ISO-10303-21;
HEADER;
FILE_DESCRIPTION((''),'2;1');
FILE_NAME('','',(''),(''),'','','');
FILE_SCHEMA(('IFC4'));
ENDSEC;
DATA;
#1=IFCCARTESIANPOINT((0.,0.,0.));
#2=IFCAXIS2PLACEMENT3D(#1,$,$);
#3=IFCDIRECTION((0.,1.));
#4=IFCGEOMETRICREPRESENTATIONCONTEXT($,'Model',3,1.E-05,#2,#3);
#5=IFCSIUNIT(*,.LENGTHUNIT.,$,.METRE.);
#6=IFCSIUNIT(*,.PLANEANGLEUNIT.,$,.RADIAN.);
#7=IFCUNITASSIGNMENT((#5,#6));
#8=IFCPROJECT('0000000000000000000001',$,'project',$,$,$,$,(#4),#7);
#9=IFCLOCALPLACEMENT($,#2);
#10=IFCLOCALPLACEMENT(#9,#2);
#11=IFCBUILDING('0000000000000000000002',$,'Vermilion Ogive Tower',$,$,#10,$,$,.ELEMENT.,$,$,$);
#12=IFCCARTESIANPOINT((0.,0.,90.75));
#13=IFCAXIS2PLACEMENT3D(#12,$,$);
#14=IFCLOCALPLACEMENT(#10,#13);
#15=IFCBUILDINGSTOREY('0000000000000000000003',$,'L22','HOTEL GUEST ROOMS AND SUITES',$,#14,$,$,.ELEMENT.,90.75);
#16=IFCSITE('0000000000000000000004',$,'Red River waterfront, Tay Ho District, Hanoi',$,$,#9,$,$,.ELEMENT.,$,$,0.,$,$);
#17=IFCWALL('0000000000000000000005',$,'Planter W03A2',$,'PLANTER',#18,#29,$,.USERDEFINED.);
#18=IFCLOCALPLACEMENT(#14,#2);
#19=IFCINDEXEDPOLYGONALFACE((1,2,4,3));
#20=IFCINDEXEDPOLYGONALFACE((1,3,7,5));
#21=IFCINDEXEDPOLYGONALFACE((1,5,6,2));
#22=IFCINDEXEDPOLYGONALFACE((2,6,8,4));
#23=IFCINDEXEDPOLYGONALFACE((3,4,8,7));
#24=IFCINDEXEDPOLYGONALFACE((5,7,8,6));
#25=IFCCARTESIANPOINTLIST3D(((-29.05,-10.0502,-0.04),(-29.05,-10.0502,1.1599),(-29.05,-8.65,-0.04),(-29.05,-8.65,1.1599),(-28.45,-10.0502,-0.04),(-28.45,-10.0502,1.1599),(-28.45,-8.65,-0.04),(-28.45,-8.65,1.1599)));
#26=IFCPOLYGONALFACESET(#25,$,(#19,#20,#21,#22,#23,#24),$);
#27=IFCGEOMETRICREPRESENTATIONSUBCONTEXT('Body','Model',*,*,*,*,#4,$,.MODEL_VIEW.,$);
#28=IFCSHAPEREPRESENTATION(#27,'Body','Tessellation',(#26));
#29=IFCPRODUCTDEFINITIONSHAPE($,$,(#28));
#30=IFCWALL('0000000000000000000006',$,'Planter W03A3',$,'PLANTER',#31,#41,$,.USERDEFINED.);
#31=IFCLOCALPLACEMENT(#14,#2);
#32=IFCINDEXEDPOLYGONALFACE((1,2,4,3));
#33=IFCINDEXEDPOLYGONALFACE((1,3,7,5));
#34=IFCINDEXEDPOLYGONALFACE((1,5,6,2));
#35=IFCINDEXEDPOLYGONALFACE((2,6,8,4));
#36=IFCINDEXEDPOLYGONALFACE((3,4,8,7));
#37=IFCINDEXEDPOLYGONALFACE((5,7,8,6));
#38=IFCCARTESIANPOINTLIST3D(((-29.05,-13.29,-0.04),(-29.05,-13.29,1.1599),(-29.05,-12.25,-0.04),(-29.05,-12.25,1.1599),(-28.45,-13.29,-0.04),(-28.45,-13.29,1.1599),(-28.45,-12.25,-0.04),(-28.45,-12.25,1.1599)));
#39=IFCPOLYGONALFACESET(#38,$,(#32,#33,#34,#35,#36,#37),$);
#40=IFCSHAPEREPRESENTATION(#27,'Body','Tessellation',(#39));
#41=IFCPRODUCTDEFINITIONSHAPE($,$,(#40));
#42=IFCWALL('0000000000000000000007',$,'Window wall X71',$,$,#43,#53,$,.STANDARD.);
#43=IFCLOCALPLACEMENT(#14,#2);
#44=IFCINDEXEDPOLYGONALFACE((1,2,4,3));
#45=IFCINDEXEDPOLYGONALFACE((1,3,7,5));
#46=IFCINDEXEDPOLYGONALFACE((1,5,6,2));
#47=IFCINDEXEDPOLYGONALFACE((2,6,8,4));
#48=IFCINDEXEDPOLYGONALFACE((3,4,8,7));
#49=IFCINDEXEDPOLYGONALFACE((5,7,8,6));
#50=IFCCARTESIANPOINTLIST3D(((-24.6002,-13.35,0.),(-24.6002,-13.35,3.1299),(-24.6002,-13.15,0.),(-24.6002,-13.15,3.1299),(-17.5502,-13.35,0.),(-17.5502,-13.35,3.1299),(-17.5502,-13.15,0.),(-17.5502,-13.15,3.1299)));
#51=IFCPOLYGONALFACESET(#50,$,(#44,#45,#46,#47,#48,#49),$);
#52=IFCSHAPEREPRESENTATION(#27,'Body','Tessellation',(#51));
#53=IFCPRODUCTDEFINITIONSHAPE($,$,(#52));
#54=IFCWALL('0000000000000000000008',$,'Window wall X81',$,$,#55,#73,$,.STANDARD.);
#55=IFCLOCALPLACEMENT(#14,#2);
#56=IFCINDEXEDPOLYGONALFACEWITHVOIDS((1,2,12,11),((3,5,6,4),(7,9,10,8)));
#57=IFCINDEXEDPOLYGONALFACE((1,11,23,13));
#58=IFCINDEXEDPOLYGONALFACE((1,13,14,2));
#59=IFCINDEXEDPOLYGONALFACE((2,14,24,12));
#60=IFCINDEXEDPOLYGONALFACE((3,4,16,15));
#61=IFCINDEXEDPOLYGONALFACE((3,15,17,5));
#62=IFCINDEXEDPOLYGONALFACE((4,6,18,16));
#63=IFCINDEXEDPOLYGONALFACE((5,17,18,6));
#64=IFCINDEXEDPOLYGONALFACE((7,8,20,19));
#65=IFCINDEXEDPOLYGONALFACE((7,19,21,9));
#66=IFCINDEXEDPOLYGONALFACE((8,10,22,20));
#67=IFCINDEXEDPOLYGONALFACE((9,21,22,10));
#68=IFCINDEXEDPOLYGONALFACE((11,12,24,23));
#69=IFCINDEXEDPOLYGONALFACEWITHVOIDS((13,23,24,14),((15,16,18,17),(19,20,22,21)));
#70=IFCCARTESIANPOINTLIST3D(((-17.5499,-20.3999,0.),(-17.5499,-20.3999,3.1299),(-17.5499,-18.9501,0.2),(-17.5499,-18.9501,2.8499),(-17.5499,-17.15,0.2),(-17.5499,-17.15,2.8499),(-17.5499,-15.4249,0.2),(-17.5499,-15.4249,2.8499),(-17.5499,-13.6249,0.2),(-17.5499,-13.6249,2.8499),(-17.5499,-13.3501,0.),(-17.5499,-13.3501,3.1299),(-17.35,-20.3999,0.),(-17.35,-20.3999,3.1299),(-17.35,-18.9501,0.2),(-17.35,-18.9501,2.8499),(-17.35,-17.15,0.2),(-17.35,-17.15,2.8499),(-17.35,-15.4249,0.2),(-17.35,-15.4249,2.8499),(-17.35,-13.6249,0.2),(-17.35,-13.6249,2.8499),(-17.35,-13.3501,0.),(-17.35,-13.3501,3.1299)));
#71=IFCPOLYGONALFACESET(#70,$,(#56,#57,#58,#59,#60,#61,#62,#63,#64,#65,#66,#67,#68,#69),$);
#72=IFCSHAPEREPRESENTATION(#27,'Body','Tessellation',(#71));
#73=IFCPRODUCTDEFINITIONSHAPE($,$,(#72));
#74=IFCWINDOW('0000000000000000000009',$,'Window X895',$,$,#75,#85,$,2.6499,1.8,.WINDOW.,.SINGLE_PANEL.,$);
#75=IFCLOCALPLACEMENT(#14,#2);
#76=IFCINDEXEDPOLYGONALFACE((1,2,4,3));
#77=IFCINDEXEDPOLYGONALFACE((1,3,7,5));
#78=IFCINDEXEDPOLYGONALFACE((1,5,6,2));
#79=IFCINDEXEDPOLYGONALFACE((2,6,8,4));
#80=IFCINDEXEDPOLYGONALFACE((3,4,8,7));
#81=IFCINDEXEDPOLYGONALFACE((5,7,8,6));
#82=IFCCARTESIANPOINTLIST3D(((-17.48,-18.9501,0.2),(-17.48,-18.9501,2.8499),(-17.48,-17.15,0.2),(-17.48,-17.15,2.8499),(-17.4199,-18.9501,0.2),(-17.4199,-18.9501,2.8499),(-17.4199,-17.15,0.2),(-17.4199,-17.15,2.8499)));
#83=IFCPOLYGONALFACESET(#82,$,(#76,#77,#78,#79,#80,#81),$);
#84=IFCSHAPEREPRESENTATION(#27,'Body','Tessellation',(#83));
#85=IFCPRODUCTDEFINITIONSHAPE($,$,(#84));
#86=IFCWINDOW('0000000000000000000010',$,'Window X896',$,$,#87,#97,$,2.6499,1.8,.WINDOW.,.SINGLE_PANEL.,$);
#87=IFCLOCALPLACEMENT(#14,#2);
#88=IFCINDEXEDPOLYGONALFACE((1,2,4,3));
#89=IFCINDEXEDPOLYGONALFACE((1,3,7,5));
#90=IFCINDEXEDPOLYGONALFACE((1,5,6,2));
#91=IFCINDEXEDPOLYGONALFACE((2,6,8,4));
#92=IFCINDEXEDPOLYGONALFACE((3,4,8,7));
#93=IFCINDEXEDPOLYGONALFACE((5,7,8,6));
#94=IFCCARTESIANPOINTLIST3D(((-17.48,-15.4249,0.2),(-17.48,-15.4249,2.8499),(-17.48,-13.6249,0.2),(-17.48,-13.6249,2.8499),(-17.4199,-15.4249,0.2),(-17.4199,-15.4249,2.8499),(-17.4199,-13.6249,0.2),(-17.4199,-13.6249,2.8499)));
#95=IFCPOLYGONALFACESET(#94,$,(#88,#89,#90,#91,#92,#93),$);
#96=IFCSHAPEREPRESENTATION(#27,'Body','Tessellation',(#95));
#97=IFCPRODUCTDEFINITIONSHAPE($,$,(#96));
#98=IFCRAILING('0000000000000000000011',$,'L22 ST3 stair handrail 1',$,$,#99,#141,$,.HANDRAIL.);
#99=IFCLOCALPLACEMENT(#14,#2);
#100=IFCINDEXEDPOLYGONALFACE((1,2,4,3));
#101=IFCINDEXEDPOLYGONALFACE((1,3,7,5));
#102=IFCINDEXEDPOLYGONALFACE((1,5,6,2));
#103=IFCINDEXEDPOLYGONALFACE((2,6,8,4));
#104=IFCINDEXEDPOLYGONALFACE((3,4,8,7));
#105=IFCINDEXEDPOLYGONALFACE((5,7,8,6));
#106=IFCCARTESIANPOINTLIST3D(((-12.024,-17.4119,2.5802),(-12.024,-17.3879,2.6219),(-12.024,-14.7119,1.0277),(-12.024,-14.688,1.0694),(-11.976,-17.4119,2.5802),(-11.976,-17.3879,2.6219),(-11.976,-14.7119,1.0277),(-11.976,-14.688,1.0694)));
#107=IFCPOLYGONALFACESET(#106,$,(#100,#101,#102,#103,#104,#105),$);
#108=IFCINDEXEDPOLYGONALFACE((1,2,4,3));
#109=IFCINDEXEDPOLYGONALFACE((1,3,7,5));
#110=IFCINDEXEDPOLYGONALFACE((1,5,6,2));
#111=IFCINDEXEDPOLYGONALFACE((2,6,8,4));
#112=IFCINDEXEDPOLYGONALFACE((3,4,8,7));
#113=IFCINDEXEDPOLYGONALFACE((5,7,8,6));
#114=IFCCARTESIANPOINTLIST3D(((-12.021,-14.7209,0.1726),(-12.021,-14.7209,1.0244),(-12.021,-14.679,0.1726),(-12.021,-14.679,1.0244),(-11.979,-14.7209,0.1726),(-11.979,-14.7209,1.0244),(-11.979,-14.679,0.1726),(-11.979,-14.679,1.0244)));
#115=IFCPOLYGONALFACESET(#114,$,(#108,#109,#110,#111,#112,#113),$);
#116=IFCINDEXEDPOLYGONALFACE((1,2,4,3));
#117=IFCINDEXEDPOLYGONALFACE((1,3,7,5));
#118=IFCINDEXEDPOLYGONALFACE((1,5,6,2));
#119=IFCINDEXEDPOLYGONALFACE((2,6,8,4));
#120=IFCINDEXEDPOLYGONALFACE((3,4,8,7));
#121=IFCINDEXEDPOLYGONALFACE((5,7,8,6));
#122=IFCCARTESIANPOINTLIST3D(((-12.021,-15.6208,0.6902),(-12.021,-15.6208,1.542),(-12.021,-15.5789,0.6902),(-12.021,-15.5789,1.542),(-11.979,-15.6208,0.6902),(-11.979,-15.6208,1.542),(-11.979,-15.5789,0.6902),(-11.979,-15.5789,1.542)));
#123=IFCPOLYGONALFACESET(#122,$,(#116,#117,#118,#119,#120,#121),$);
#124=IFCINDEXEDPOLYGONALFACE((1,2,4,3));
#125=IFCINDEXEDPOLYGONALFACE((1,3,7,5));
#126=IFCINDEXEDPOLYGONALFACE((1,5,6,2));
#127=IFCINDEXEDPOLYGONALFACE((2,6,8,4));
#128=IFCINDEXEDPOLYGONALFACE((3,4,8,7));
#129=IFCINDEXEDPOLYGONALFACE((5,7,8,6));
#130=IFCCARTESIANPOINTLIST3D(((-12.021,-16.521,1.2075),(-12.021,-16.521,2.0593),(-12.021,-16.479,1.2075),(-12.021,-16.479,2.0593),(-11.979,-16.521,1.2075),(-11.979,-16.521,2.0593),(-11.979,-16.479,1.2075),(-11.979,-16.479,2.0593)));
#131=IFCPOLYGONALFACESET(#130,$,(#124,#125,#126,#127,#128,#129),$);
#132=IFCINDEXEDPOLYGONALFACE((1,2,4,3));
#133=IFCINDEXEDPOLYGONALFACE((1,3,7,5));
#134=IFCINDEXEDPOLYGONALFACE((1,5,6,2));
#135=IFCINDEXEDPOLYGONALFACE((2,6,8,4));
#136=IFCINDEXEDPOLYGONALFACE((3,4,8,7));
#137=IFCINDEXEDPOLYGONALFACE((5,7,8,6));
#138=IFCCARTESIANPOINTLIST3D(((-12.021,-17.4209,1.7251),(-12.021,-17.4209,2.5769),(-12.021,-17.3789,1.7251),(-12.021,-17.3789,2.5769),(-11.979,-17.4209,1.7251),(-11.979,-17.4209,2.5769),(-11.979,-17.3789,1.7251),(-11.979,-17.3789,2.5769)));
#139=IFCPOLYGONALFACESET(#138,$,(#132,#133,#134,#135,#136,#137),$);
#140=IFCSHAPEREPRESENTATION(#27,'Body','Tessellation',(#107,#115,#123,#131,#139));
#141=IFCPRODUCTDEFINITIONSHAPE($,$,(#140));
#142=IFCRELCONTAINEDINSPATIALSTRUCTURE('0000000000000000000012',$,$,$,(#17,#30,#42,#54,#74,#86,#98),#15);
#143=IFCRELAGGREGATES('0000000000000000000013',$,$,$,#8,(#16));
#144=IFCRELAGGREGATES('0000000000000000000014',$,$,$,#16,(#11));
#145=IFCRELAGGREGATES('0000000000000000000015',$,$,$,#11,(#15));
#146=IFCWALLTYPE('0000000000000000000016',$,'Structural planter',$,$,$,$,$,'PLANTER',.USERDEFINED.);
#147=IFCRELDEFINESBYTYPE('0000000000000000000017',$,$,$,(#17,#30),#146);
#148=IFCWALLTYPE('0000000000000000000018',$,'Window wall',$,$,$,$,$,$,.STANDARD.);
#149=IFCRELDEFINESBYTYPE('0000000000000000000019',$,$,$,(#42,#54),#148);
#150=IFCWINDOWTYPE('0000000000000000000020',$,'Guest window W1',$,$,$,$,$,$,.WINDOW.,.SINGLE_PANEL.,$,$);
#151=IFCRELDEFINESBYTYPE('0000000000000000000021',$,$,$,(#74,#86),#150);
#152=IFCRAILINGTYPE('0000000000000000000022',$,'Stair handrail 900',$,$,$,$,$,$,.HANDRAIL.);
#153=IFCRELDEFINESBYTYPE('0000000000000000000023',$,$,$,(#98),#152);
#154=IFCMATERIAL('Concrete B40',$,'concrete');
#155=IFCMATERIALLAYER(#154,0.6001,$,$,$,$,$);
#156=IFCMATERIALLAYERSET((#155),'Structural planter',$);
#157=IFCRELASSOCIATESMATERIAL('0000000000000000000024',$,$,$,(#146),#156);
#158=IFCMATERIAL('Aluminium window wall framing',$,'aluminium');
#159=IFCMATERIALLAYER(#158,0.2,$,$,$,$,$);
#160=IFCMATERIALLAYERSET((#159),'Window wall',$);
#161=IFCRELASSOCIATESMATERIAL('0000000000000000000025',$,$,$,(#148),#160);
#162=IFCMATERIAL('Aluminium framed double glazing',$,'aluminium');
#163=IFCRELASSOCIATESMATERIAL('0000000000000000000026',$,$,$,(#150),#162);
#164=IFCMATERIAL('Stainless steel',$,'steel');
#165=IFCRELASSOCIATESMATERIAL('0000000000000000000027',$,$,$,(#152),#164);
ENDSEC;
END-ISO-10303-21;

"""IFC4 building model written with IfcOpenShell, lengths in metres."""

from ifc_helpers import new_model, si_unit, direction, frame, frame_2d, origin, origin_2d, place, context, subcontext, project, spatial, rectangle, extrude, material, layer, layer_set, type_object, element, fill, save


model = new_model("IFC4")

# Units and contexts
model_context = context("Model", 3, precision=1e-05, world=origin(), true_north=direction((0.0, 1.0)))
body_context = subcontext(model_context, "Body", "Model", "MODEL_VIEW")
ifc_project = project(units=[si_unit("LENGTHUNIT", "METRE"), si_unit("PLANEANGLEUNIT", "RADIAN")], contexts=[model_context])

# Site, building, storey
site_placement = place(None, origin())
site = spatial("IfcSite", under=ifc_project, at=site_placement, Name="Red River waterfront, Tay Ho District, Hanoi", CompositionType="ELEMENT", RefElevation=0.0)
building_placement = place(site_placement, origin())
building = spatial("IfcBuilding", under=site, at=building_placement, Name="Vermilion Ogive Tower", CompositionType="ELEMENT")
storey_placement = place(building_placement, frame((0.0, 0.0, 90.75)))
storey = spatial("IfcBuildingStorey", under=building, at=storey_placement, Name="L22", Description="HOTEL GUEST ROOMS AND SUITES", CompositionType="ELEMENT", Elevation=90.75)

# Walls
ifc_material_1 = material(Name="Concrete B40", Category="concrete")
ifc_layer_1 = layer(ifc_material_1, 0.6001)
ifc_layer_set_1 = layer_set([ifc_layer_1], Name="Structural planter")
wall_type_1 = type_object("IfcWallType", Name="Structural planter", ElementType="PLANTER", PredefinedType="USERDEFINED", material=ifc_layer_set_1)
wall_1_placement = place(storey_placement, frame((-28.75, -8.6499, -0.04), z_axis=(0.0, 0.0, 1.0), x_axis=(0.0, -1.0, 0.0)))
element("IfcWall", 1, at=wall_1_placement, inside=storey, type_object=wall_type_1, Name="Planter W03A2", ObjectType="PLANTER", PredefinedType="USERDEFINED", context=body_context, shape_type="SweptSolid", body=[
    extrude(rectangle(XDim=1.4001, YDim=0.6001, at=frame_2d((0.7002, 0.0))), origin(), (0.0, 0.0, 1.0), 1.2),
])
wall_2_placement = place(storey_placement, frame((-28.75, -12.25, -0.04), z_axis=(0.0, 0.0, 1.0), x_axis=(0.0, -1.0, 0.0)))
element("IfcWall", 2, at=wall_2_placement, inside=storey, type_object=wall_type_1, Name="Planter W03A3", ObjectType="PLANTER", PredefinedType="USERDEFINED", context=body_context, shape_type="SweptSolid", body=[
    extrude(rectangle(XDim=1.04, YDim=0.6001, at=frame_2d((0.52, 0.0))), origin(), (0.0, 0.0, 1.0), 1.2),
])
ifc_material_2 = material(Name="Aluminium window wall framing", Category="aluminium")
ifc_layer_2 = layer(ifc_material_2, 0.2)
ifc_layer_set_2 = layer_set([ifc_layer_2], Name="Window wall")
wall_type_2 = type_object("IfcWallType", Name="Window wall", PredefinedType="STANDARD", material=ifc_layer_set_2)
wall_3_placement = place(storey_placement, frame((-24.6001, -13.25, 0.0), z_axis=(0.0, 0.0, 1.0), x_axis=(1.0, 0.0, 0.0)))
element("IfcWall", 3, at=wall_3_placement, inside=storey, type_object=wall_type_2, Name="Window wall X71", PredefinedType="STANDARD", context=body_context, shape_type="SweptSolid", body=[
    extrude(rectangle(XDim=7.05, YDim=0.2, at=frame_2d((3.5249, 0.0))), origin(), (0.0, 0.0, 1.0), 3.1299),
])

# Wall, openings, windows
wall_4_placement = place(storey_placement, frame((-17.45, -13.3501, 0.0), z_axis=(0.0, 0.0, 1.0), x_axis=(0.0, -1.0, 0.0)))
wall_4 = element("IfcWall", 4, at=wall_4_placement, inside=storey, type_object=wall_type_2, Name="Window wall X81", PredefinedType="STANDARD", context=body_context, shape_type="SweptSolid", body=[
    extrude(rectangle(XDim=7.0498, YDim=0.2, at=frame_2d((3.5249, 0.0))), origin(), (0.0, 0.0, 1.0), 3.1299),
])
opening_1_placement = place(wall_4_placement, frame((3.8, 0.0, 0.2)))
opening_1 = element("IfcOpeningElement", 5, at=opening_1_placement, cuts=wall_4, PredefinedType="OPENING", context=body_context, shape_type="SweptSolid", body=[
    extrude(rectangle(XDim=1.8, YDim=2.6499, at=frame_2d((0.8999, 1.325))), frame((0.0, 0.1099, 0.0), z_axis=(0.0, -1.0, 0.0), x_axis=(1.0, 0.0, 0.0)), (0.0, 0.0, 1.0), 0.22),
])
opening_2_placement = place(wall_4_placement, frame((0.2749, 0.0, 0.2)))
opening_2 = element("IfcOpeningElement", 6, at=opening_2_placement, cuts=wall_4, PredefinedType="OPENING", context=body_context, shape_type="SweptSolid", body=[
    extrude(rectangle(XDim=1.8, YDim=2.6499, at=frame_2d((0.8999, 1.325))), frame((0.0, 0.1099, 0.0), z_axis=(0.0, -1.0, 0.0), x_axis=(1.0, 0.0, 0.0)), (0.0, 0.0, 1.0), 0.22),
])
ifc_material_3 = material(Name="Aluminium framed double glazing", Category="aluminium")
window_type = type_object("IfcWindowType", Name="Guest window W1", PartitioningType="SINGLE_PANEL", PredefinedType="WINDOW", material=ifc_material_3)
window_1_placement = place(opening_1_placement, origin())
window_1 = element("IfcWindow", 7, at=window_1_placement, inside=storey, type_object=window_type, Name="Window X895", OverallHeight=2.6499, OverallWidth=1.8, PartitioningType="SINGLE_PANEL", PredefinedType="WINDOW", context=body_context, shape_type="SweptSolid", body=[
    extrude(rectangle(XDim=1.8, YDim=2.6499, at=frame_2d((0.8999, 1.325))), frame((0.0, 0.03, 0.0), z_axis=(0.0, -1.0, 0.0), x_axis=(1.0, 0.0, 0.0)), (0.0, 0.0, 1.0), 0.0601),
])
fill(opening_1, window_1)
window_2_placement = place(opening_2_placement, origin())
window_2 = element("IfcWindow", 8, at=window_2_placement, inside=storey, type_object=window_type, Name="Window X896", OverallHeight=2.6499, OverallWidth=1.8, PartitioningType="SINGLE_PANEL", PredefinedType="WINDOW", context=body_context, shape_type="SweptSolid", body=[
    extrude(rectangle(XDim=1.8, YDim=2.6499, at=frame_2d((0.8999, 1.325))), frame((0.0, 0.03, 0.0), z_axis=(0.0, -1.0, 0.0), x_axis=(1.0, 0.0, 0.0)), (0.0, 0.0, 1.0), 0.0601),
])
fill(opening_2, window_2)

# Railing
ifc_material_4 = material(Name="Stainless steel", Category="steel")
railing_type = type_object("IfcRailingType", Name="Stair handrail 900", PredefinedType="HANDRAIL", material=ifc_material_4)
railing_placement = place(storey_placement, frame((-12.0, -14.7, 0.1726)))
element("IfcRailing", 9, at=railing_placement, inside=storey, type_object=railing_type, Name="L22 ST3 stair handrail 1", PredefinedType="HANDRAIL", context=body_context, shape_type="SweptSolid", body=[
    extrude(rectangle(XDim=0.0481, YDim=0.0481, at=origin_2d()), frame((0.0, 0.0, 0.876), z_axis=(0.0, -0.866904, 0.498476), x_axis=(1.0, 0.0, 0.0)), (0.0, 0.0, 1.0), 3.1145),
    extrude(rectangle(XDim=0.042, YDim=0.042, at=origin_2d()), origin(), (0.0, 0.0, 1.0), 0.8518),
    extrude(rectangle(XDim=0.042, YDim=0.042, at=origin_2d()), frame((0.0, -0.8999, 0.5176)), (0.0, 0.0, 1.0), 0.8518),
    extrude(rectangle(XDim=0.042, YDim=0.042, at=origin_2d()), frame((0.0, -1.8, 1.0349)), (0.0, 0.0, 1.0), 0.8518),
    extrude(rectangle(XDim=0.042, YDim=0.042, at=origin_2d()), frame((0.0, -2.7, 1.5525)), (0.0, 0.0, 1.0), 0.8518),
])

save(model, "model.ifc")
